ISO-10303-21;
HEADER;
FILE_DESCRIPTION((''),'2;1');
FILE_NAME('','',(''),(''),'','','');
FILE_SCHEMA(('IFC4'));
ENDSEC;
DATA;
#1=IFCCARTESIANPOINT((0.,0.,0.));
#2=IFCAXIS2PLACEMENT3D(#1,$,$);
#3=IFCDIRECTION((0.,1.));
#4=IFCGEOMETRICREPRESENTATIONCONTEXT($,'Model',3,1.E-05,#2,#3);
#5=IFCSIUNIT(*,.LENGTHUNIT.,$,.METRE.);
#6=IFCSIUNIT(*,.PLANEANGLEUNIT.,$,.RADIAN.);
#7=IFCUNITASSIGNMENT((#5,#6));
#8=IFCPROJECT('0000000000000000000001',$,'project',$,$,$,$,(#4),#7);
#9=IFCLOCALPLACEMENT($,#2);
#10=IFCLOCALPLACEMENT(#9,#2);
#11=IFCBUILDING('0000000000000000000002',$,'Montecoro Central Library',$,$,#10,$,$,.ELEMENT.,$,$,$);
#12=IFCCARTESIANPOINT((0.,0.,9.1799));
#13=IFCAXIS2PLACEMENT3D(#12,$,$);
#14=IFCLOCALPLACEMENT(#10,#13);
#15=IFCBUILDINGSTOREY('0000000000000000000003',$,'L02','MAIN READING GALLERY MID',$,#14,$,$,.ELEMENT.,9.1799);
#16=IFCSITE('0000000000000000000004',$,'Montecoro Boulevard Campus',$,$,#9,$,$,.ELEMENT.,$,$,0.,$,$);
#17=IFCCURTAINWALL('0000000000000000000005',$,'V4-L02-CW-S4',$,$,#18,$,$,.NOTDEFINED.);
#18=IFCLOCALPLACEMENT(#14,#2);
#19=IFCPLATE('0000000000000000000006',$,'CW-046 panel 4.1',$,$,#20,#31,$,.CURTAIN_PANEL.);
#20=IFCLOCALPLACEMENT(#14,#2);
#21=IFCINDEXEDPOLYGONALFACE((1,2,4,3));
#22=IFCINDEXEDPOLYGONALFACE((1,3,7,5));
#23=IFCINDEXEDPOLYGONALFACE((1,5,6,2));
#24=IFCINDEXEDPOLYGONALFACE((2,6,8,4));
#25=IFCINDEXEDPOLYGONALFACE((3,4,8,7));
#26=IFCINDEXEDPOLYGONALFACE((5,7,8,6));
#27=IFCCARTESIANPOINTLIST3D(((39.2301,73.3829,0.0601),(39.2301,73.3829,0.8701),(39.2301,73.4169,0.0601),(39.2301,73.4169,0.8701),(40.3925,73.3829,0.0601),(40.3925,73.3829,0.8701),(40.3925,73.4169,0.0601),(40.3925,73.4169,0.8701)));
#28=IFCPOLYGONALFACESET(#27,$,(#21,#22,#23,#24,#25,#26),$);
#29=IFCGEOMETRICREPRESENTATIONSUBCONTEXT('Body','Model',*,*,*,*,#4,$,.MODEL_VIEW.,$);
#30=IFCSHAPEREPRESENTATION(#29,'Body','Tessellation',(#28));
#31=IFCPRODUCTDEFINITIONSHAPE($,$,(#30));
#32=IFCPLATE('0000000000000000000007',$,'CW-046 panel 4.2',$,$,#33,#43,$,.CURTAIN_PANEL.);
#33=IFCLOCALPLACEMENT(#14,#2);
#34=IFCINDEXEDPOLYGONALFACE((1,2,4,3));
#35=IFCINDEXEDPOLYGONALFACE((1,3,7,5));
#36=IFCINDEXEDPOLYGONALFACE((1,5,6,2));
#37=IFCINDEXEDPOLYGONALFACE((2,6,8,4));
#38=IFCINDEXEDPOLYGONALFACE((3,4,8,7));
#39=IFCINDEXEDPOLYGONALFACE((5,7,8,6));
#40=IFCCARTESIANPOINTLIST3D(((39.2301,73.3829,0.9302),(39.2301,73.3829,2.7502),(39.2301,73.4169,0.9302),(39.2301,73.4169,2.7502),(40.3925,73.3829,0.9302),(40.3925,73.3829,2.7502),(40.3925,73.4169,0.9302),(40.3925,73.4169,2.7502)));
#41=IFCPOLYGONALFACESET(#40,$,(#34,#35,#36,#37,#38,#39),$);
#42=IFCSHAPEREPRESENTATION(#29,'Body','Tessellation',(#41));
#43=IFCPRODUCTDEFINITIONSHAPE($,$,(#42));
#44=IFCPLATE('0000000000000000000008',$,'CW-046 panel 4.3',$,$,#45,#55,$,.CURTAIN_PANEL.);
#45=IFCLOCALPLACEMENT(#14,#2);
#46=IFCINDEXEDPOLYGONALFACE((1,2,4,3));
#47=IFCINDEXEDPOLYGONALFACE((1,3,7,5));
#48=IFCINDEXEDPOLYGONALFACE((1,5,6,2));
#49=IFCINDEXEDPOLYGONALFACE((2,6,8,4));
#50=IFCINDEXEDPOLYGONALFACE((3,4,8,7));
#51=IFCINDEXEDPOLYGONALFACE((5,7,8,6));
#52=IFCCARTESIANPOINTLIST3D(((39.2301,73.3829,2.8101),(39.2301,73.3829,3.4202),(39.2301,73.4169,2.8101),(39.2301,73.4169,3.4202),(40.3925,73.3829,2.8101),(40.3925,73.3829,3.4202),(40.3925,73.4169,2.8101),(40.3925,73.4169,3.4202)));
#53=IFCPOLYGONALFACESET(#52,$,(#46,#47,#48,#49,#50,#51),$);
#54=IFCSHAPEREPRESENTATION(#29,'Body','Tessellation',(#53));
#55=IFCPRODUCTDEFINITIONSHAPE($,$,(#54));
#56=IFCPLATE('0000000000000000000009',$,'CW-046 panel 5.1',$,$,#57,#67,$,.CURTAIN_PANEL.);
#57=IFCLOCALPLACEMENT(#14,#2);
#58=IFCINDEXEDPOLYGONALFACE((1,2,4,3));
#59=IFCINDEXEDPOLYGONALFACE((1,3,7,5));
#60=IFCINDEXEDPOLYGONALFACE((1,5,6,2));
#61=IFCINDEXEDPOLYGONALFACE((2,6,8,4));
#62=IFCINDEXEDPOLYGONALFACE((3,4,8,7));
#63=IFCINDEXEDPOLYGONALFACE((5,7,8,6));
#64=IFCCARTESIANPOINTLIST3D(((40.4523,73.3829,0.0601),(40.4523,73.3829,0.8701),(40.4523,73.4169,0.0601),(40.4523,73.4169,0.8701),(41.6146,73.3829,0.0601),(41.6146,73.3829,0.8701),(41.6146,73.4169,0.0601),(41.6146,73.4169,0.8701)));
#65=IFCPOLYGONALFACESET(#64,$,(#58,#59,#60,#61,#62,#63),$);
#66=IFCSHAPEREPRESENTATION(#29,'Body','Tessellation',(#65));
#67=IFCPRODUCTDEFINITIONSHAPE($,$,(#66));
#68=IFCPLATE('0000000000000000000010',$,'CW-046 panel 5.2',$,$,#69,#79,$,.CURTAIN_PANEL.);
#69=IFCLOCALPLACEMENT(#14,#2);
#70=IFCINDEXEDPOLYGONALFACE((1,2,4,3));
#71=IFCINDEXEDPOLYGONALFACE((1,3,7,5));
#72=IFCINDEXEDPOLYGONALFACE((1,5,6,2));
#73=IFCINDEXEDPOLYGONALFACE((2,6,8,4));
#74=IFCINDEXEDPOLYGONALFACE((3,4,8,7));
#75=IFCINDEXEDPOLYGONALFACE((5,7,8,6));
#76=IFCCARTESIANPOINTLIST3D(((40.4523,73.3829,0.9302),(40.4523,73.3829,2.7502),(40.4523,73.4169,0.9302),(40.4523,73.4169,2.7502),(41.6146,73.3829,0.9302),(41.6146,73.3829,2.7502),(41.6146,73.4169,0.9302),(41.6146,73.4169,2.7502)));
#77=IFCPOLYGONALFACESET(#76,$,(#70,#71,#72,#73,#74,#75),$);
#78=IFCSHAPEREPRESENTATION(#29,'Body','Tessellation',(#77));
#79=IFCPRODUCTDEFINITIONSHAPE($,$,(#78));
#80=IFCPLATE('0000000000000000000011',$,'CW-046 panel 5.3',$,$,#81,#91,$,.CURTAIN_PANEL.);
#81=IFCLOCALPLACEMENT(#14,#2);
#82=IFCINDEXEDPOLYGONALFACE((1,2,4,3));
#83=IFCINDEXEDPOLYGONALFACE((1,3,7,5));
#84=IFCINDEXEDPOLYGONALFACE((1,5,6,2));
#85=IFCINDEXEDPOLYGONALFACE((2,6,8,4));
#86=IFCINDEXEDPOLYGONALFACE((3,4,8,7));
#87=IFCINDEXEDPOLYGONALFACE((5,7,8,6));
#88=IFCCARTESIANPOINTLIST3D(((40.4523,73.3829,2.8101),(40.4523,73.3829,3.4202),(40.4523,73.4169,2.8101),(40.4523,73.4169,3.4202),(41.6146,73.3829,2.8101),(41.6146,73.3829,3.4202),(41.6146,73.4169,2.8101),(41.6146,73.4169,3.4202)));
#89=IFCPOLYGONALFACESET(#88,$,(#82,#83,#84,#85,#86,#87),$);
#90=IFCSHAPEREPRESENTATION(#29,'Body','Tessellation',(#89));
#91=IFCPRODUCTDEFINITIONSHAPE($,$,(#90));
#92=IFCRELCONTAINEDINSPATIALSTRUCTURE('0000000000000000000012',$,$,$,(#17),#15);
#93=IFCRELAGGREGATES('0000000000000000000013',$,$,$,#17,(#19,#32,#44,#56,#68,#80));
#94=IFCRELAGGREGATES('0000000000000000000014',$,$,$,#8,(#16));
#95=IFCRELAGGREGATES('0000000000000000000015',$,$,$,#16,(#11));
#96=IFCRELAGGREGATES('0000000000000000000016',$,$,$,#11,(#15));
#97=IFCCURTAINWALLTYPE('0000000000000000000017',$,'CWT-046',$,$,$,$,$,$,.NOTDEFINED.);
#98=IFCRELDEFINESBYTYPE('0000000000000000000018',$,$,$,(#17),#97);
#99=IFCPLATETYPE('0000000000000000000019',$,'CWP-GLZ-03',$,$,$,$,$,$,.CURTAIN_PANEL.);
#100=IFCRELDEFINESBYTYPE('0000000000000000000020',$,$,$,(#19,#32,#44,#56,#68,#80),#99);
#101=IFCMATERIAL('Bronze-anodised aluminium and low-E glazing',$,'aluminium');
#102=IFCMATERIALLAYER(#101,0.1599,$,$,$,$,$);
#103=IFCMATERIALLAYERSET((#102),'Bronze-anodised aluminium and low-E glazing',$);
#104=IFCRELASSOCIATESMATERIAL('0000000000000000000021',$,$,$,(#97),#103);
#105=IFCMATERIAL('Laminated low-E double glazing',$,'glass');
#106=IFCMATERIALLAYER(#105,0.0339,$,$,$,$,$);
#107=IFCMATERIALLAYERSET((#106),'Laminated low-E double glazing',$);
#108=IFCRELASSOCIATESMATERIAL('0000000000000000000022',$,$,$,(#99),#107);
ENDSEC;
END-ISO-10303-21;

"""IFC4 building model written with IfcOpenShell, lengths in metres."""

from ifc_helpers import new_model, si_unit, direction, frame, origin, origin_2d, place, context, subcontext, project, spatial, rectangle, extrude, material, layer, layer_set, type_object, element, aggregate, save


model = new_model("IFC4")

# Units and contexts
model_context = context("Model", 3, precision=1e-05, world=origin(), true_north=direction((0.0, 1.0)))
body_context = subcontext(model_context, "Body", "Model", "MODEL_VIEW")
ifc_project = project(units=[si_unit("LENGTHUNIT", "METRE"), si_unit("PLANEANGLEUNIT", "RADIAN")], contexts=[model_context])

# Site, building, storey
site_placement = place(None, origin())
site = spatial("IfcSite", under=ifc_project, at=site_placement, Name="Montecoro Boulevard Campus", CompositionType="ELEMENT", RefElevation=0.0)
building_placement = place(site_placement, origin())
building = spatial("IfcBuilding", under=site, at=building_placement, Name="Montecoro Central Library", CompositionType="ELEMENT")
storey_placement = place(building_placement, frame((0.0, 0.0, 9.1799)))
storey = spatial("IfcBuildingStorey", under=building, at=storey_placement, Name="L02", Description="MAIN READING GALLERY MID", CompositionType="ELEMENT", Elevation=9.1799)

# Curtain wall, plates
ifc_material_1 = material(Name="Bronze-anodised aluminium and low-E glazing", Category="aluminium")
ifc_layer_1 = layer(ifc_material_1, 0.1599)
ifc_layer_set_1 = layer_set([ifc_layer_1], Name="Bronze-anodised aluminium and low-E glazing")
curtain_wall_type = type_object("IfcCurtainWallType", Name="CWT-046", PredefinedType="NOTDEFINED", material=ifc_layer_set_1)
curtain_wall_placement = place(storey_placement, origin())
curtain_wall = element("IfcCurtainWall", 1, at=curtain_wall_placement, inside=storey, type_object=curtain_wall_type, Name="V4-L02-CW-S4", PredefinedType="NOTDEFINED")
ifc_material_2 = material(Name="Laminated low-E double glazing", Category="glass")
ifc_layer_2 = layer(ifc_material_2, 0.0339)
ifc_layer_set_2 = layer_set([ifc_layer_2], Name="Laminated low-E double glazing")
plate_type = type_object("IfcPlateType", Name="CWP-GLZ-03", PredefinedType="CURTAIN_PANEL", material=ifc_layer_set_2)
plate_1_placement = place(storey_placement, frame((39.8113, 73.3999, 0.0601), z_axis=(0.0, 0.0, 1.0), x_axis=(1.0, 0.0, 0.0)))
plate_1 = element("IfcPlate", 2, at=plate_1_placement, type_object=plate_type, Name="CW-046 panel 4.1", PredefinedType="CURTAIN_PANEL", context=body_context, shape_type="SweptSolid", body=[
    extrude(rectangle(XDim=1.1624, YDim=0.0339, at=origin_2d()), origin(), (0.0, 0.0, 1.0), 0.8101),
])
plate_2_placement = place(storey_placement, frame((39.8113, 73.3999, 0.9302), z_axis=(0.0, 0.0, 1.0), x_axis=(1.0, 0.0, 0.0)))
plate_2 = element("IfcPlate", 3, at=plate_2_placement, type_object=plate_type, Name="CW-046 panel 4.2", PredefinedType="CURTAIN_PANEL", context=body_context, shape_type="SweptSolid", body=[
    extrude(rectangle(XDim=1.1624, YDim=0.0339, at=origin_2d()), origin(), (0.0, 0.0, 1.0), 1.8201),
])
plate_3_placement = place(storey_placement, frame((39.8113, 73.3999, 2.8101), z_axis=(0.0, 0.0, 1.0), x_axis=(1.0, 0.0, 0.0)))
plate_3 = element("IfcPlate", 4, at=plate_3_placement, type_object=plate_type, Name="CW-046 panel 4.3", PredefinedType="CURTAIN_PANEL", context=body_context, shape_type="SweptSolid", body=[
    extrude(rectangle(XDim=1.1624, YDim=0.0339, at=origin_2d()), origin(), (0.0, 0.0, 1.0), 0.6101),
])
plate_4_placement = place(storey_placement, frame((41.0334, 73.3999, 0.0601), z_axis=(0.0, 0.0, 1.0), x_axis=(1.0, 0.0, 0.0)))
plate_4 = element("IfcPlate", 5, at=plate_4_placement, type_object=plate_type, Name="CW-046 panel 5.1", PredefinedType="CURTAIN_PANEL", context=body_context, shape_type="SweptSolid", body=[
    extrude(rectangle(XDim=1.1624, YDim=0.0339, at=origin_2d()), origin(), (0.0, 0.0, 1.0), 0.8101),
])
plate_5_placement = place(storey_placement, frame((41.0334, 73.3999, 0.9302), z_axis=(0.0, 0.0, 1.0), x_axis=(1.0, 0.0, 0.0)))
plate_5 = element("IfcPlate", 6, at=plate_5_placement, type_object=plate_type, Name="CW-046 panel 5.2", PredefinedType="CURTAIN_PANEL", context=body_context, shape_type="SweptSolid", body=[
    extrude(rectangle(XDim=1.1624, YDim=0.0339, at=origin_2d()), origin(), (0.0, 0.0, 1.0), 1.8201),
])
plate_6_placement = place(storey_placement, frame((41.0334, 73.3999, 2.8101), z_axis=(0.0, 0.0, 1.0), x_axis=(1.0, 0.0, 0.0)))
plate_6 = element("IfcPlate", 7, at=plate_6_placement, type_object=plate_type, Name="CW-046 panel 5.3", PredefinedType="CURTAIN_PANEL", context=body_context, shape_type="SweptSolid", body=[
    extrude(rectangle(XDim=1.1624, YDim=0.0339, at=origin_2d()), origin(), (0.0, 0.0, 1.0), 0.6101),
])
aggregate(curtain_wall, [plate_1, plate_2, plate_3, plate_4, plate_5, plate_6])

save(model, "model.ifc")
